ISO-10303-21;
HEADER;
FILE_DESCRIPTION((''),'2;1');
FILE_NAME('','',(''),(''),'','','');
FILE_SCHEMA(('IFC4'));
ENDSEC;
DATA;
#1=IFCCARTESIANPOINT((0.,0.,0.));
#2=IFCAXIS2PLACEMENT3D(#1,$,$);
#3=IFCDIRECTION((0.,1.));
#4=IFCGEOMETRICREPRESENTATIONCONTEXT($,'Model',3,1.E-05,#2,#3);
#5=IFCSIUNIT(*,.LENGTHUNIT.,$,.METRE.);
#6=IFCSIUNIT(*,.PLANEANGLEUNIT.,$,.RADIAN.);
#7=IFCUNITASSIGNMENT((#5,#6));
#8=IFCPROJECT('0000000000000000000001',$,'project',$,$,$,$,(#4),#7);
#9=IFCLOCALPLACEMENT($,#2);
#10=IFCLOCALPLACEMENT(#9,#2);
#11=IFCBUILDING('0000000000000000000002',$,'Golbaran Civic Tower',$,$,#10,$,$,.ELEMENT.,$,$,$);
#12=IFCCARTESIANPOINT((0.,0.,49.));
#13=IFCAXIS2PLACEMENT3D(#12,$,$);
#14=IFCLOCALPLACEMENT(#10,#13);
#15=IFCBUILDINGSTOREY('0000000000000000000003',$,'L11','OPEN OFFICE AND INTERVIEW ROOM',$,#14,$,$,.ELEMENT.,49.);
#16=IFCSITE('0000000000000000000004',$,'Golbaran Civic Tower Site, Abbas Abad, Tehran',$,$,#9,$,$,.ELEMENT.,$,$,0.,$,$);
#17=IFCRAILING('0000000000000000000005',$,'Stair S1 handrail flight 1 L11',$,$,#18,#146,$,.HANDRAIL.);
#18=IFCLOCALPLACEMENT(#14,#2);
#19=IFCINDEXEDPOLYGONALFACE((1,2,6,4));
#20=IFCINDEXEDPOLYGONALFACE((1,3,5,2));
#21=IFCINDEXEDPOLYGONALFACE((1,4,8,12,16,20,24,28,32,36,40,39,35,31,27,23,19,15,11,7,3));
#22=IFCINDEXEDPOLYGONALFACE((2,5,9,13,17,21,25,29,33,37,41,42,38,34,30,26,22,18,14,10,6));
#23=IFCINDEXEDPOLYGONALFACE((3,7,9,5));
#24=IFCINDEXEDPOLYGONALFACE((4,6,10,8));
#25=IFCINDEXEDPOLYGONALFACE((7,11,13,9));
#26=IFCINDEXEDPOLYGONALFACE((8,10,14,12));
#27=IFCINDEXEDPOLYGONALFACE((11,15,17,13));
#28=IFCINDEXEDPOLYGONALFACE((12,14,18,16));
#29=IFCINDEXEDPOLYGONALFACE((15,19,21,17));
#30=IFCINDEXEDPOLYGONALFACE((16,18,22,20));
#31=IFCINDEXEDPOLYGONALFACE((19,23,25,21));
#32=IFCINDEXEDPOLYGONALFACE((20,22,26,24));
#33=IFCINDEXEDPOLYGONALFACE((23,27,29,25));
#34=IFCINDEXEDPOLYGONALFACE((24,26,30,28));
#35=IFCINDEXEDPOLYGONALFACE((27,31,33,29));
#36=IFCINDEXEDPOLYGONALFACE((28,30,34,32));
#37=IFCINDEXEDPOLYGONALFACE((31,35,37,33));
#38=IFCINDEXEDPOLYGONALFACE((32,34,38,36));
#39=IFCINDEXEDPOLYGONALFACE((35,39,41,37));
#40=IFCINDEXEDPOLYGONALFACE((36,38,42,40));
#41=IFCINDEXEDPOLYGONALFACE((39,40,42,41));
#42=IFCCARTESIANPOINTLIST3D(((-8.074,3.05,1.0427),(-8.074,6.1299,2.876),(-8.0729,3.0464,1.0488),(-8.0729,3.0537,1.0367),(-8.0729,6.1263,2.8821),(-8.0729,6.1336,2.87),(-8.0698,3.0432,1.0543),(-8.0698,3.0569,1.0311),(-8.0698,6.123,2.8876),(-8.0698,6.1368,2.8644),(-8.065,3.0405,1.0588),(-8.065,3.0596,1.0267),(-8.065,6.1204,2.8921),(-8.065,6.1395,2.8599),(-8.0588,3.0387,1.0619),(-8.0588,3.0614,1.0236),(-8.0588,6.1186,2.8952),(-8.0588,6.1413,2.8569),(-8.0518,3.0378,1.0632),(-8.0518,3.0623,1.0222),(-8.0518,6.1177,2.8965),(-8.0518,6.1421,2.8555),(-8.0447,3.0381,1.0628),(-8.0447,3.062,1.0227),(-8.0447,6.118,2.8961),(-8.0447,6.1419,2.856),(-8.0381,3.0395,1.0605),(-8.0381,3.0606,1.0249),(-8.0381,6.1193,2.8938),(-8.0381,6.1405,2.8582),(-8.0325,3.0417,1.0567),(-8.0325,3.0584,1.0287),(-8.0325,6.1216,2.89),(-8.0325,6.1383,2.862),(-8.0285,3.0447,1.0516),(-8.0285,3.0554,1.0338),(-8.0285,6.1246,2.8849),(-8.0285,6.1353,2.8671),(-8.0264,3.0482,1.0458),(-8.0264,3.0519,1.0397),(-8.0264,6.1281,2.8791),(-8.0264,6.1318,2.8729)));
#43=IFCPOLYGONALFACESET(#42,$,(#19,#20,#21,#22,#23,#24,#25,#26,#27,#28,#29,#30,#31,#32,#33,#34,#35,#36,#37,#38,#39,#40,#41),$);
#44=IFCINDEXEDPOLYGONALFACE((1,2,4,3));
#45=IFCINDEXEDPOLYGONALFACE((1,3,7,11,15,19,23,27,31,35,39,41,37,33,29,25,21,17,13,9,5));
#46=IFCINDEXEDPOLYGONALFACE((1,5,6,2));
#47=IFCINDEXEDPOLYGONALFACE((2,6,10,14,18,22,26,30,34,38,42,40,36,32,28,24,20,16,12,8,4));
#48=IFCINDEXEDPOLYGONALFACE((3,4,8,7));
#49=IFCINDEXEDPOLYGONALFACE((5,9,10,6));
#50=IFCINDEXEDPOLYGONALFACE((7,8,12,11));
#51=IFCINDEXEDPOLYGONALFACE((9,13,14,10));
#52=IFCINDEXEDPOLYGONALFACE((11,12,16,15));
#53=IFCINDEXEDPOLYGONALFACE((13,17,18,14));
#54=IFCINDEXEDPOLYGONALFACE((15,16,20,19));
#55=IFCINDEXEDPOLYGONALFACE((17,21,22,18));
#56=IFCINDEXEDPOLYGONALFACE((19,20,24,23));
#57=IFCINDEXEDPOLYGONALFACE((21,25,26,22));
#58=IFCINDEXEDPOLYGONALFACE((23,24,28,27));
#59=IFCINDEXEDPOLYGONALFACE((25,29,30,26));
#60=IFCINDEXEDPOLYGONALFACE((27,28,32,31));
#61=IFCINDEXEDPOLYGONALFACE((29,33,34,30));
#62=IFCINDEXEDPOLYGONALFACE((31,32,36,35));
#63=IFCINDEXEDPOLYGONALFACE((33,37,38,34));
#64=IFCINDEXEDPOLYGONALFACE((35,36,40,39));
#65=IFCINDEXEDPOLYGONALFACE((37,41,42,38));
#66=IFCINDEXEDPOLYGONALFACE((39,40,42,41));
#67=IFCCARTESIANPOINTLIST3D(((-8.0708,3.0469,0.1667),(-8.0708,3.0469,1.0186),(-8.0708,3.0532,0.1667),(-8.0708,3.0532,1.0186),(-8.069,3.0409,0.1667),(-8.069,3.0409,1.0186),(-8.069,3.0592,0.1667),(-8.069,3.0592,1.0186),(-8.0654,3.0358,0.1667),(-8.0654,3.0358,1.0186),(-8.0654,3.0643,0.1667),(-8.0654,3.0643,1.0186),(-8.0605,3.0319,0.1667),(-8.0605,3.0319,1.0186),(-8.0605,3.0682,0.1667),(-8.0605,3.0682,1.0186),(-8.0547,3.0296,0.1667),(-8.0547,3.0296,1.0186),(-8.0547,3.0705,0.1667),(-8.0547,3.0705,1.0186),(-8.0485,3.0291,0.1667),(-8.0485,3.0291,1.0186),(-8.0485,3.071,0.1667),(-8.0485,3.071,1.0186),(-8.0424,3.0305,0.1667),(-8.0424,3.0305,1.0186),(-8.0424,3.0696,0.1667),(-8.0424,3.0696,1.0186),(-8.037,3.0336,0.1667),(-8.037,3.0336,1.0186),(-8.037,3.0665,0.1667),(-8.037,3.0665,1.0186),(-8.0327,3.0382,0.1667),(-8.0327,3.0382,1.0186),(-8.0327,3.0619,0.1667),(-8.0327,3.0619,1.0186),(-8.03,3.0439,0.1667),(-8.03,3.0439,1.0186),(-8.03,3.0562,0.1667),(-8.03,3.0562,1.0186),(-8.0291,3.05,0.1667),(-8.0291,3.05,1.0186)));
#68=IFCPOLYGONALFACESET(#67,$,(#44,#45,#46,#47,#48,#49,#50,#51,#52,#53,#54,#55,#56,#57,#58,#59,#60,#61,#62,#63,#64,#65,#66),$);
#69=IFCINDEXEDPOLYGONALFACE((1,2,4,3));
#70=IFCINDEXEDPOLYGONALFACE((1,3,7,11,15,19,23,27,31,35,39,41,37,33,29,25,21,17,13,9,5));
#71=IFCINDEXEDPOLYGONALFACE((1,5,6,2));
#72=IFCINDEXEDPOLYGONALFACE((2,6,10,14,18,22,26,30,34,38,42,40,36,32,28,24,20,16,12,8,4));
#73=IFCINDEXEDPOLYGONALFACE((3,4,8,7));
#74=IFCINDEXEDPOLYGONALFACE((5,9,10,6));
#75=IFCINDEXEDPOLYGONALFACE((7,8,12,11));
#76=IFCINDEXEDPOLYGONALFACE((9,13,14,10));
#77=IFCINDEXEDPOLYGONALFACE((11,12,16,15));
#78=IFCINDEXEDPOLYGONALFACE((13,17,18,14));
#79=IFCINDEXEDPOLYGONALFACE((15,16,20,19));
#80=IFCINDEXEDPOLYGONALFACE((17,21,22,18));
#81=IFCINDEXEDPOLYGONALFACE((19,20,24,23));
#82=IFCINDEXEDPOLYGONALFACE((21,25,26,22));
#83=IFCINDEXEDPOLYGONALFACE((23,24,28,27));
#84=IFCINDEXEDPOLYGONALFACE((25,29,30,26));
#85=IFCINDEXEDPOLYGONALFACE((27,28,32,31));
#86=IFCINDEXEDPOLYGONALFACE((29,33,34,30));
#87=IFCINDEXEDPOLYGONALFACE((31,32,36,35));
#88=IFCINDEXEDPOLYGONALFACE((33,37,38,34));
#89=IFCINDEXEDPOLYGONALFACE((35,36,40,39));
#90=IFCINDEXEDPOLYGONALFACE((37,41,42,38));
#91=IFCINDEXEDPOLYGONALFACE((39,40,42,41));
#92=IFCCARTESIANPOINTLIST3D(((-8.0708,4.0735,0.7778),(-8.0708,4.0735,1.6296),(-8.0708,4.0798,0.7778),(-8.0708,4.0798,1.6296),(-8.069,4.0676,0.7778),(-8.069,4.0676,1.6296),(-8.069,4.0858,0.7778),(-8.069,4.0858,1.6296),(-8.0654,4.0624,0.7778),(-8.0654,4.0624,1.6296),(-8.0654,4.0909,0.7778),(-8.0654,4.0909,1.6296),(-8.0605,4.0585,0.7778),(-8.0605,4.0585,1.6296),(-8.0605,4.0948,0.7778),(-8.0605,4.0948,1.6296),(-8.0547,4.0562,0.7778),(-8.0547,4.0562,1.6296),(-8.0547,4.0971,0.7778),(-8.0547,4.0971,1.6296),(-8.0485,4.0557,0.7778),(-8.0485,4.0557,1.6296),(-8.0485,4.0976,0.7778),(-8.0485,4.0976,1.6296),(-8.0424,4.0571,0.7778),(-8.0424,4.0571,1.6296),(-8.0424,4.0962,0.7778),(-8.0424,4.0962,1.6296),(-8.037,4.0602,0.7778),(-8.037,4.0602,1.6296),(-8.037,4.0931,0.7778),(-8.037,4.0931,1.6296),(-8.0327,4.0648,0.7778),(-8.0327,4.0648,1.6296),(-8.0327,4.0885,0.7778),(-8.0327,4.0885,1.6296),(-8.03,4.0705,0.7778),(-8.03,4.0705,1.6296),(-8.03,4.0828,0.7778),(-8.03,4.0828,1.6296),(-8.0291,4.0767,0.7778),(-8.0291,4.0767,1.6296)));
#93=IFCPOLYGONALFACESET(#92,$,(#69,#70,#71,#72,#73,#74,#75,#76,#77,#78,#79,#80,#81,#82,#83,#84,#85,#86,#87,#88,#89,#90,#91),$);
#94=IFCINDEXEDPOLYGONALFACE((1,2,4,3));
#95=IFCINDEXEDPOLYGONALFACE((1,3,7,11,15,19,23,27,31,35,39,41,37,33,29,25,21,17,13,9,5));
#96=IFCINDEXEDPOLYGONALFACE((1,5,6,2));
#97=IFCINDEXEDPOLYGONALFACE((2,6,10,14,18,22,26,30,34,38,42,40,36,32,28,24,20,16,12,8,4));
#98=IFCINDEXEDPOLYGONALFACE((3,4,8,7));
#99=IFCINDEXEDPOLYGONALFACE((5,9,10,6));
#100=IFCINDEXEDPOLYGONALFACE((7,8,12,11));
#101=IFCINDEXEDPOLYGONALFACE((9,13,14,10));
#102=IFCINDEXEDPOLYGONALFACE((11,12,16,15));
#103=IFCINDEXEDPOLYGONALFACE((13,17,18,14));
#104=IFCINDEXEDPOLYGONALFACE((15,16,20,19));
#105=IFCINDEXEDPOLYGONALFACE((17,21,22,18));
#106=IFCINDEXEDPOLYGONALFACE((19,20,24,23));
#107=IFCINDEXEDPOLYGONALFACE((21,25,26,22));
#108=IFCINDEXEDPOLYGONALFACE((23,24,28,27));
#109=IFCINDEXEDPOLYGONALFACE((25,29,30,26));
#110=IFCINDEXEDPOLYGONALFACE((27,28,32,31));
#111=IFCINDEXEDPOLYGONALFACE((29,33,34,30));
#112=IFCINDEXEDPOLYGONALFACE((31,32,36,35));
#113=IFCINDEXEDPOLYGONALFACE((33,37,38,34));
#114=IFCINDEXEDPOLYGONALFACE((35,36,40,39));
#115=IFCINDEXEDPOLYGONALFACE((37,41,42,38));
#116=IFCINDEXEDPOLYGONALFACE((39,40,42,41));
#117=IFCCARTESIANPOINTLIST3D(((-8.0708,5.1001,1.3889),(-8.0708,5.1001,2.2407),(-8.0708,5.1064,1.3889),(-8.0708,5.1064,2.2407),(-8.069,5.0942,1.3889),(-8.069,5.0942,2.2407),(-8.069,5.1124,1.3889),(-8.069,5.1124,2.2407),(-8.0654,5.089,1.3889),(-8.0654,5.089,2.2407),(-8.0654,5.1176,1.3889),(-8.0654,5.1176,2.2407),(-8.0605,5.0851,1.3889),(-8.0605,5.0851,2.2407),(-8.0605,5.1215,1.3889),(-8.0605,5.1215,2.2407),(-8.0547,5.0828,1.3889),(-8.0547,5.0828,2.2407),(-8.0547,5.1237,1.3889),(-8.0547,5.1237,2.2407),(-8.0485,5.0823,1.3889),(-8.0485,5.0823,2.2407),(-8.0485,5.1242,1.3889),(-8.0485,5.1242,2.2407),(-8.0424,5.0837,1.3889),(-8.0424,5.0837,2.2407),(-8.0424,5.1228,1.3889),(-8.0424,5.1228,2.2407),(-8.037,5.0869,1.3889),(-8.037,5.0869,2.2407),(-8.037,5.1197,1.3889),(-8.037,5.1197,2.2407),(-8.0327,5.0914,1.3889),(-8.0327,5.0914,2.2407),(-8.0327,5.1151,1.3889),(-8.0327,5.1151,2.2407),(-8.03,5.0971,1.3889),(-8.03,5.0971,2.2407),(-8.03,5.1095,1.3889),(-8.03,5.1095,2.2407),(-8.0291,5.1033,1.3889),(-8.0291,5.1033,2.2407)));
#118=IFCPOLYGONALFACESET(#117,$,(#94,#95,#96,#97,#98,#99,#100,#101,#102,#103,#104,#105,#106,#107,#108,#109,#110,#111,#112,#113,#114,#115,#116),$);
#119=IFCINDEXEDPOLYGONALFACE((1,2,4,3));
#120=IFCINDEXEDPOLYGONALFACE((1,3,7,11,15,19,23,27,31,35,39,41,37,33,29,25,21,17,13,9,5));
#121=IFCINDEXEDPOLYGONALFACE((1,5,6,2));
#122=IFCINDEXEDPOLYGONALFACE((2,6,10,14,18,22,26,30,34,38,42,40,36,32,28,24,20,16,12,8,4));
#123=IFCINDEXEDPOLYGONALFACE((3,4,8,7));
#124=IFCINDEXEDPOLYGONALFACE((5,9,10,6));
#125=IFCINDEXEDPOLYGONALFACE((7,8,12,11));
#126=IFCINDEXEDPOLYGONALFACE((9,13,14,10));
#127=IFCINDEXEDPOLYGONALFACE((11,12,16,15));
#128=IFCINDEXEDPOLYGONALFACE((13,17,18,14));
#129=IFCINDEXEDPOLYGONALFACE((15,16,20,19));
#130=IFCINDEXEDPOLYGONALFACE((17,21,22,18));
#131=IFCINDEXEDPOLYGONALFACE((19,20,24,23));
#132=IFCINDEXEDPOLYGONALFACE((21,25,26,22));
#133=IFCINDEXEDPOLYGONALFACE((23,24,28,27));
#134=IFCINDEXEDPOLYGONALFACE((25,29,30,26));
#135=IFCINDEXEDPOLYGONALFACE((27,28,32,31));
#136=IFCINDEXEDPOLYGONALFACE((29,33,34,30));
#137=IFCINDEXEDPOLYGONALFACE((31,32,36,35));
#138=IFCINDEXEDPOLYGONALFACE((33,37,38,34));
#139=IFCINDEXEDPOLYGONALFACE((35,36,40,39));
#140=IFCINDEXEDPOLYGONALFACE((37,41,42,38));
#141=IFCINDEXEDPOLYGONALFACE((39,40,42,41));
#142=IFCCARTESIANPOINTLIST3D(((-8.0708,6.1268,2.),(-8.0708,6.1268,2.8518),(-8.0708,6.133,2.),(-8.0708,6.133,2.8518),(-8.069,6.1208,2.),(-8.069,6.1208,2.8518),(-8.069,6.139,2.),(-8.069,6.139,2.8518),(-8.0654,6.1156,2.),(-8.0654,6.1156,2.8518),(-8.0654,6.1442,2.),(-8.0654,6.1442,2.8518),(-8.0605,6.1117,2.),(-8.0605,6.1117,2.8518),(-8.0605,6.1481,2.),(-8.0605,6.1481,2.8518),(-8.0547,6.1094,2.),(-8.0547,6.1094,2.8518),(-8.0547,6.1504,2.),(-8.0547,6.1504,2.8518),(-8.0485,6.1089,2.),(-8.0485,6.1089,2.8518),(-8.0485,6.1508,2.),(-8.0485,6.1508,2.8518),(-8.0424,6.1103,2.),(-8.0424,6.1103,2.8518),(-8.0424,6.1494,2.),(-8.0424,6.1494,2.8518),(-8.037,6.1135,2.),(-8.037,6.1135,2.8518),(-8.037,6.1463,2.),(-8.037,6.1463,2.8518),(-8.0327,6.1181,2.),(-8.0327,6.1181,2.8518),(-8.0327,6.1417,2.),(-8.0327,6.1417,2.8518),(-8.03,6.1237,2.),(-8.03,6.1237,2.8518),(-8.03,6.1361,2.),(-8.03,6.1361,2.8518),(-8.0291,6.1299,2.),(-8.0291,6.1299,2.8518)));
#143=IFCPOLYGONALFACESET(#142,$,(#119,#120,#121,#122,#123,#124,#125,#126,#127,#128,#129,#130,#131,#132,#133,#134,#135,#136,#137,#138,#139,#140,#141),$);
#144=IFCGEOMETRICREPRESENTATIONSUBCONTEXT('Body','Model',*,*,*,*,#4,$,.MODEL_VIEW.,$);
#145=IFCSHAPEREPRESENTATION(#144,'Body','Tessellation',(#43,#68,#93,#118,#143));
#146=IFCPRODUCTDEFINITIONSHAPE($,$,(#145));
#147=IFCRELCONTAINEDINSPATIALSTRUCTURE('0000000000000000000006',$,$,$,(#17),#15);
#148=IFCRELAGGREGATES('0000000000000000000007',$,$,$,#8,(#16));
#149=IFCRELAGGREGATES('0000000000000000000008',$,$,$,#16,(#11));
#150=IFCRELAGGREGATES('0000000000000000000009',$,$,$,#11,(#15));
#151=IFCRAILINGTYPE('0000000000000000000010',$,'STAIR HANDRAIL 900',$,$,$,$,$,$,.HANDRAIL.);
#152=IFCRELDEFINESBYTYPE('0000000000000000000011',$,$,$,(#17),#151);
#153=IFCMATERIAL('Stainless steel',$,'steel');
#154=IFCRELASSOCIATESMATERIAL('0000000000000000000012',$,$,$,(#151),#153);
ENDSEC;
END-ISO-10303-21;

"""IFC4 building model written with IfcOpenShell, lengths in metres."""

from ifc_helpers import new_model, si_unit, direction, frame, origin, origin_2d, place, context, subcontext, project, spatial, circle, extrude, material, type_object, element, save


model = new_model("IFC4")

# Units and contexts
model_context = context("Model", 3, precision=1e-05, world=origin(), true_north=direction((0.0, 1.0)))
body_context = subcontext(model_context, "Body", "Model", "MODEL_VIEW")
ifc_project = project(units=[si_unit("LENGTHUNIT", "METRE"), si_unit("PLANEANGLEUNIT", "RADIAN")], contexts=[model_context])

# Site, building, storey
site_placement = place(None, origin())
site = spatial("IfcSite", under=ifc_project, at=site_placement, Name="Golbaran Civic Tower Site, Abbas Abad, Tehran", CompositionType="ELEMENT", RefElevation=0.0)
building_placement = place(site_placement, origin())
building = spatial("IfcBuilding", under=site, at=building_placement, Name="Golbaran Civic Tower", CompositionType="ELEMENT")
storey_placement = place(building_placement, frame((0.0, 0.0, 49.0)))
storey = spatial("IfcBuildingStorey", under=building, at=storey_placement, Name="L11", Description="OPEN OFFICE AND INTERVIEW ROOM", CompositionType="ELEMENT", Elevation=49.0)

# Shared definitions
ifc_material_1 = material(Name="Stainless steel", Category="steel")

# Railing
railing_type = type_object("IfcRailingType", Name="STAIR HANDRAIL 900", PredefinedType="HANDRAIL", material=ifc_material_1)
railing_1_placement = place(storey_placement, frame((-8.05, 3.05, 0.1667)))
element("IfcRailing", 1, at=railing_1_placement, inside=storey, type_object=railing_type, Name="Stair S1 handrail flight 1 L11", PredefinedType="HANDRAIL", context=body_context, shape_type="SweptSolid", body=[
    extrude(circle(Radius=0.0239, at=origin_2d()), frame((0.0, 0.0, 0.876), z_axis=(0.0, 0.859291, 0.511487), x_axis=(-1.0, 0.0, 0.0)), (0.0, 0.0, 1.0), 3.5842),
    extrude(circle(Radius=0.021, at=origin_2d()), origin(), (0.0, 0.0, 1.0), 0.8518),
    extrude(circle(Radius=0.021, at=origin_2d()), frame((0.0, 1.0266, 0.6111)), (0.0, 0.0, 1.0), 0.8518),
    extrude(circle(Radius=0.021, at=origin_2d()), frame((0.0, 2.0532, 1.2222)), (0.0, 0.0, 1.0), 0.8518),
    extrude(circle(Radius=0.021, at=origin_2d()), frame((0.0, 3.0798, 1.8333)), (0.0, 0.0, 1.0), 0.8518),
])

save(model, "model.ifc")
